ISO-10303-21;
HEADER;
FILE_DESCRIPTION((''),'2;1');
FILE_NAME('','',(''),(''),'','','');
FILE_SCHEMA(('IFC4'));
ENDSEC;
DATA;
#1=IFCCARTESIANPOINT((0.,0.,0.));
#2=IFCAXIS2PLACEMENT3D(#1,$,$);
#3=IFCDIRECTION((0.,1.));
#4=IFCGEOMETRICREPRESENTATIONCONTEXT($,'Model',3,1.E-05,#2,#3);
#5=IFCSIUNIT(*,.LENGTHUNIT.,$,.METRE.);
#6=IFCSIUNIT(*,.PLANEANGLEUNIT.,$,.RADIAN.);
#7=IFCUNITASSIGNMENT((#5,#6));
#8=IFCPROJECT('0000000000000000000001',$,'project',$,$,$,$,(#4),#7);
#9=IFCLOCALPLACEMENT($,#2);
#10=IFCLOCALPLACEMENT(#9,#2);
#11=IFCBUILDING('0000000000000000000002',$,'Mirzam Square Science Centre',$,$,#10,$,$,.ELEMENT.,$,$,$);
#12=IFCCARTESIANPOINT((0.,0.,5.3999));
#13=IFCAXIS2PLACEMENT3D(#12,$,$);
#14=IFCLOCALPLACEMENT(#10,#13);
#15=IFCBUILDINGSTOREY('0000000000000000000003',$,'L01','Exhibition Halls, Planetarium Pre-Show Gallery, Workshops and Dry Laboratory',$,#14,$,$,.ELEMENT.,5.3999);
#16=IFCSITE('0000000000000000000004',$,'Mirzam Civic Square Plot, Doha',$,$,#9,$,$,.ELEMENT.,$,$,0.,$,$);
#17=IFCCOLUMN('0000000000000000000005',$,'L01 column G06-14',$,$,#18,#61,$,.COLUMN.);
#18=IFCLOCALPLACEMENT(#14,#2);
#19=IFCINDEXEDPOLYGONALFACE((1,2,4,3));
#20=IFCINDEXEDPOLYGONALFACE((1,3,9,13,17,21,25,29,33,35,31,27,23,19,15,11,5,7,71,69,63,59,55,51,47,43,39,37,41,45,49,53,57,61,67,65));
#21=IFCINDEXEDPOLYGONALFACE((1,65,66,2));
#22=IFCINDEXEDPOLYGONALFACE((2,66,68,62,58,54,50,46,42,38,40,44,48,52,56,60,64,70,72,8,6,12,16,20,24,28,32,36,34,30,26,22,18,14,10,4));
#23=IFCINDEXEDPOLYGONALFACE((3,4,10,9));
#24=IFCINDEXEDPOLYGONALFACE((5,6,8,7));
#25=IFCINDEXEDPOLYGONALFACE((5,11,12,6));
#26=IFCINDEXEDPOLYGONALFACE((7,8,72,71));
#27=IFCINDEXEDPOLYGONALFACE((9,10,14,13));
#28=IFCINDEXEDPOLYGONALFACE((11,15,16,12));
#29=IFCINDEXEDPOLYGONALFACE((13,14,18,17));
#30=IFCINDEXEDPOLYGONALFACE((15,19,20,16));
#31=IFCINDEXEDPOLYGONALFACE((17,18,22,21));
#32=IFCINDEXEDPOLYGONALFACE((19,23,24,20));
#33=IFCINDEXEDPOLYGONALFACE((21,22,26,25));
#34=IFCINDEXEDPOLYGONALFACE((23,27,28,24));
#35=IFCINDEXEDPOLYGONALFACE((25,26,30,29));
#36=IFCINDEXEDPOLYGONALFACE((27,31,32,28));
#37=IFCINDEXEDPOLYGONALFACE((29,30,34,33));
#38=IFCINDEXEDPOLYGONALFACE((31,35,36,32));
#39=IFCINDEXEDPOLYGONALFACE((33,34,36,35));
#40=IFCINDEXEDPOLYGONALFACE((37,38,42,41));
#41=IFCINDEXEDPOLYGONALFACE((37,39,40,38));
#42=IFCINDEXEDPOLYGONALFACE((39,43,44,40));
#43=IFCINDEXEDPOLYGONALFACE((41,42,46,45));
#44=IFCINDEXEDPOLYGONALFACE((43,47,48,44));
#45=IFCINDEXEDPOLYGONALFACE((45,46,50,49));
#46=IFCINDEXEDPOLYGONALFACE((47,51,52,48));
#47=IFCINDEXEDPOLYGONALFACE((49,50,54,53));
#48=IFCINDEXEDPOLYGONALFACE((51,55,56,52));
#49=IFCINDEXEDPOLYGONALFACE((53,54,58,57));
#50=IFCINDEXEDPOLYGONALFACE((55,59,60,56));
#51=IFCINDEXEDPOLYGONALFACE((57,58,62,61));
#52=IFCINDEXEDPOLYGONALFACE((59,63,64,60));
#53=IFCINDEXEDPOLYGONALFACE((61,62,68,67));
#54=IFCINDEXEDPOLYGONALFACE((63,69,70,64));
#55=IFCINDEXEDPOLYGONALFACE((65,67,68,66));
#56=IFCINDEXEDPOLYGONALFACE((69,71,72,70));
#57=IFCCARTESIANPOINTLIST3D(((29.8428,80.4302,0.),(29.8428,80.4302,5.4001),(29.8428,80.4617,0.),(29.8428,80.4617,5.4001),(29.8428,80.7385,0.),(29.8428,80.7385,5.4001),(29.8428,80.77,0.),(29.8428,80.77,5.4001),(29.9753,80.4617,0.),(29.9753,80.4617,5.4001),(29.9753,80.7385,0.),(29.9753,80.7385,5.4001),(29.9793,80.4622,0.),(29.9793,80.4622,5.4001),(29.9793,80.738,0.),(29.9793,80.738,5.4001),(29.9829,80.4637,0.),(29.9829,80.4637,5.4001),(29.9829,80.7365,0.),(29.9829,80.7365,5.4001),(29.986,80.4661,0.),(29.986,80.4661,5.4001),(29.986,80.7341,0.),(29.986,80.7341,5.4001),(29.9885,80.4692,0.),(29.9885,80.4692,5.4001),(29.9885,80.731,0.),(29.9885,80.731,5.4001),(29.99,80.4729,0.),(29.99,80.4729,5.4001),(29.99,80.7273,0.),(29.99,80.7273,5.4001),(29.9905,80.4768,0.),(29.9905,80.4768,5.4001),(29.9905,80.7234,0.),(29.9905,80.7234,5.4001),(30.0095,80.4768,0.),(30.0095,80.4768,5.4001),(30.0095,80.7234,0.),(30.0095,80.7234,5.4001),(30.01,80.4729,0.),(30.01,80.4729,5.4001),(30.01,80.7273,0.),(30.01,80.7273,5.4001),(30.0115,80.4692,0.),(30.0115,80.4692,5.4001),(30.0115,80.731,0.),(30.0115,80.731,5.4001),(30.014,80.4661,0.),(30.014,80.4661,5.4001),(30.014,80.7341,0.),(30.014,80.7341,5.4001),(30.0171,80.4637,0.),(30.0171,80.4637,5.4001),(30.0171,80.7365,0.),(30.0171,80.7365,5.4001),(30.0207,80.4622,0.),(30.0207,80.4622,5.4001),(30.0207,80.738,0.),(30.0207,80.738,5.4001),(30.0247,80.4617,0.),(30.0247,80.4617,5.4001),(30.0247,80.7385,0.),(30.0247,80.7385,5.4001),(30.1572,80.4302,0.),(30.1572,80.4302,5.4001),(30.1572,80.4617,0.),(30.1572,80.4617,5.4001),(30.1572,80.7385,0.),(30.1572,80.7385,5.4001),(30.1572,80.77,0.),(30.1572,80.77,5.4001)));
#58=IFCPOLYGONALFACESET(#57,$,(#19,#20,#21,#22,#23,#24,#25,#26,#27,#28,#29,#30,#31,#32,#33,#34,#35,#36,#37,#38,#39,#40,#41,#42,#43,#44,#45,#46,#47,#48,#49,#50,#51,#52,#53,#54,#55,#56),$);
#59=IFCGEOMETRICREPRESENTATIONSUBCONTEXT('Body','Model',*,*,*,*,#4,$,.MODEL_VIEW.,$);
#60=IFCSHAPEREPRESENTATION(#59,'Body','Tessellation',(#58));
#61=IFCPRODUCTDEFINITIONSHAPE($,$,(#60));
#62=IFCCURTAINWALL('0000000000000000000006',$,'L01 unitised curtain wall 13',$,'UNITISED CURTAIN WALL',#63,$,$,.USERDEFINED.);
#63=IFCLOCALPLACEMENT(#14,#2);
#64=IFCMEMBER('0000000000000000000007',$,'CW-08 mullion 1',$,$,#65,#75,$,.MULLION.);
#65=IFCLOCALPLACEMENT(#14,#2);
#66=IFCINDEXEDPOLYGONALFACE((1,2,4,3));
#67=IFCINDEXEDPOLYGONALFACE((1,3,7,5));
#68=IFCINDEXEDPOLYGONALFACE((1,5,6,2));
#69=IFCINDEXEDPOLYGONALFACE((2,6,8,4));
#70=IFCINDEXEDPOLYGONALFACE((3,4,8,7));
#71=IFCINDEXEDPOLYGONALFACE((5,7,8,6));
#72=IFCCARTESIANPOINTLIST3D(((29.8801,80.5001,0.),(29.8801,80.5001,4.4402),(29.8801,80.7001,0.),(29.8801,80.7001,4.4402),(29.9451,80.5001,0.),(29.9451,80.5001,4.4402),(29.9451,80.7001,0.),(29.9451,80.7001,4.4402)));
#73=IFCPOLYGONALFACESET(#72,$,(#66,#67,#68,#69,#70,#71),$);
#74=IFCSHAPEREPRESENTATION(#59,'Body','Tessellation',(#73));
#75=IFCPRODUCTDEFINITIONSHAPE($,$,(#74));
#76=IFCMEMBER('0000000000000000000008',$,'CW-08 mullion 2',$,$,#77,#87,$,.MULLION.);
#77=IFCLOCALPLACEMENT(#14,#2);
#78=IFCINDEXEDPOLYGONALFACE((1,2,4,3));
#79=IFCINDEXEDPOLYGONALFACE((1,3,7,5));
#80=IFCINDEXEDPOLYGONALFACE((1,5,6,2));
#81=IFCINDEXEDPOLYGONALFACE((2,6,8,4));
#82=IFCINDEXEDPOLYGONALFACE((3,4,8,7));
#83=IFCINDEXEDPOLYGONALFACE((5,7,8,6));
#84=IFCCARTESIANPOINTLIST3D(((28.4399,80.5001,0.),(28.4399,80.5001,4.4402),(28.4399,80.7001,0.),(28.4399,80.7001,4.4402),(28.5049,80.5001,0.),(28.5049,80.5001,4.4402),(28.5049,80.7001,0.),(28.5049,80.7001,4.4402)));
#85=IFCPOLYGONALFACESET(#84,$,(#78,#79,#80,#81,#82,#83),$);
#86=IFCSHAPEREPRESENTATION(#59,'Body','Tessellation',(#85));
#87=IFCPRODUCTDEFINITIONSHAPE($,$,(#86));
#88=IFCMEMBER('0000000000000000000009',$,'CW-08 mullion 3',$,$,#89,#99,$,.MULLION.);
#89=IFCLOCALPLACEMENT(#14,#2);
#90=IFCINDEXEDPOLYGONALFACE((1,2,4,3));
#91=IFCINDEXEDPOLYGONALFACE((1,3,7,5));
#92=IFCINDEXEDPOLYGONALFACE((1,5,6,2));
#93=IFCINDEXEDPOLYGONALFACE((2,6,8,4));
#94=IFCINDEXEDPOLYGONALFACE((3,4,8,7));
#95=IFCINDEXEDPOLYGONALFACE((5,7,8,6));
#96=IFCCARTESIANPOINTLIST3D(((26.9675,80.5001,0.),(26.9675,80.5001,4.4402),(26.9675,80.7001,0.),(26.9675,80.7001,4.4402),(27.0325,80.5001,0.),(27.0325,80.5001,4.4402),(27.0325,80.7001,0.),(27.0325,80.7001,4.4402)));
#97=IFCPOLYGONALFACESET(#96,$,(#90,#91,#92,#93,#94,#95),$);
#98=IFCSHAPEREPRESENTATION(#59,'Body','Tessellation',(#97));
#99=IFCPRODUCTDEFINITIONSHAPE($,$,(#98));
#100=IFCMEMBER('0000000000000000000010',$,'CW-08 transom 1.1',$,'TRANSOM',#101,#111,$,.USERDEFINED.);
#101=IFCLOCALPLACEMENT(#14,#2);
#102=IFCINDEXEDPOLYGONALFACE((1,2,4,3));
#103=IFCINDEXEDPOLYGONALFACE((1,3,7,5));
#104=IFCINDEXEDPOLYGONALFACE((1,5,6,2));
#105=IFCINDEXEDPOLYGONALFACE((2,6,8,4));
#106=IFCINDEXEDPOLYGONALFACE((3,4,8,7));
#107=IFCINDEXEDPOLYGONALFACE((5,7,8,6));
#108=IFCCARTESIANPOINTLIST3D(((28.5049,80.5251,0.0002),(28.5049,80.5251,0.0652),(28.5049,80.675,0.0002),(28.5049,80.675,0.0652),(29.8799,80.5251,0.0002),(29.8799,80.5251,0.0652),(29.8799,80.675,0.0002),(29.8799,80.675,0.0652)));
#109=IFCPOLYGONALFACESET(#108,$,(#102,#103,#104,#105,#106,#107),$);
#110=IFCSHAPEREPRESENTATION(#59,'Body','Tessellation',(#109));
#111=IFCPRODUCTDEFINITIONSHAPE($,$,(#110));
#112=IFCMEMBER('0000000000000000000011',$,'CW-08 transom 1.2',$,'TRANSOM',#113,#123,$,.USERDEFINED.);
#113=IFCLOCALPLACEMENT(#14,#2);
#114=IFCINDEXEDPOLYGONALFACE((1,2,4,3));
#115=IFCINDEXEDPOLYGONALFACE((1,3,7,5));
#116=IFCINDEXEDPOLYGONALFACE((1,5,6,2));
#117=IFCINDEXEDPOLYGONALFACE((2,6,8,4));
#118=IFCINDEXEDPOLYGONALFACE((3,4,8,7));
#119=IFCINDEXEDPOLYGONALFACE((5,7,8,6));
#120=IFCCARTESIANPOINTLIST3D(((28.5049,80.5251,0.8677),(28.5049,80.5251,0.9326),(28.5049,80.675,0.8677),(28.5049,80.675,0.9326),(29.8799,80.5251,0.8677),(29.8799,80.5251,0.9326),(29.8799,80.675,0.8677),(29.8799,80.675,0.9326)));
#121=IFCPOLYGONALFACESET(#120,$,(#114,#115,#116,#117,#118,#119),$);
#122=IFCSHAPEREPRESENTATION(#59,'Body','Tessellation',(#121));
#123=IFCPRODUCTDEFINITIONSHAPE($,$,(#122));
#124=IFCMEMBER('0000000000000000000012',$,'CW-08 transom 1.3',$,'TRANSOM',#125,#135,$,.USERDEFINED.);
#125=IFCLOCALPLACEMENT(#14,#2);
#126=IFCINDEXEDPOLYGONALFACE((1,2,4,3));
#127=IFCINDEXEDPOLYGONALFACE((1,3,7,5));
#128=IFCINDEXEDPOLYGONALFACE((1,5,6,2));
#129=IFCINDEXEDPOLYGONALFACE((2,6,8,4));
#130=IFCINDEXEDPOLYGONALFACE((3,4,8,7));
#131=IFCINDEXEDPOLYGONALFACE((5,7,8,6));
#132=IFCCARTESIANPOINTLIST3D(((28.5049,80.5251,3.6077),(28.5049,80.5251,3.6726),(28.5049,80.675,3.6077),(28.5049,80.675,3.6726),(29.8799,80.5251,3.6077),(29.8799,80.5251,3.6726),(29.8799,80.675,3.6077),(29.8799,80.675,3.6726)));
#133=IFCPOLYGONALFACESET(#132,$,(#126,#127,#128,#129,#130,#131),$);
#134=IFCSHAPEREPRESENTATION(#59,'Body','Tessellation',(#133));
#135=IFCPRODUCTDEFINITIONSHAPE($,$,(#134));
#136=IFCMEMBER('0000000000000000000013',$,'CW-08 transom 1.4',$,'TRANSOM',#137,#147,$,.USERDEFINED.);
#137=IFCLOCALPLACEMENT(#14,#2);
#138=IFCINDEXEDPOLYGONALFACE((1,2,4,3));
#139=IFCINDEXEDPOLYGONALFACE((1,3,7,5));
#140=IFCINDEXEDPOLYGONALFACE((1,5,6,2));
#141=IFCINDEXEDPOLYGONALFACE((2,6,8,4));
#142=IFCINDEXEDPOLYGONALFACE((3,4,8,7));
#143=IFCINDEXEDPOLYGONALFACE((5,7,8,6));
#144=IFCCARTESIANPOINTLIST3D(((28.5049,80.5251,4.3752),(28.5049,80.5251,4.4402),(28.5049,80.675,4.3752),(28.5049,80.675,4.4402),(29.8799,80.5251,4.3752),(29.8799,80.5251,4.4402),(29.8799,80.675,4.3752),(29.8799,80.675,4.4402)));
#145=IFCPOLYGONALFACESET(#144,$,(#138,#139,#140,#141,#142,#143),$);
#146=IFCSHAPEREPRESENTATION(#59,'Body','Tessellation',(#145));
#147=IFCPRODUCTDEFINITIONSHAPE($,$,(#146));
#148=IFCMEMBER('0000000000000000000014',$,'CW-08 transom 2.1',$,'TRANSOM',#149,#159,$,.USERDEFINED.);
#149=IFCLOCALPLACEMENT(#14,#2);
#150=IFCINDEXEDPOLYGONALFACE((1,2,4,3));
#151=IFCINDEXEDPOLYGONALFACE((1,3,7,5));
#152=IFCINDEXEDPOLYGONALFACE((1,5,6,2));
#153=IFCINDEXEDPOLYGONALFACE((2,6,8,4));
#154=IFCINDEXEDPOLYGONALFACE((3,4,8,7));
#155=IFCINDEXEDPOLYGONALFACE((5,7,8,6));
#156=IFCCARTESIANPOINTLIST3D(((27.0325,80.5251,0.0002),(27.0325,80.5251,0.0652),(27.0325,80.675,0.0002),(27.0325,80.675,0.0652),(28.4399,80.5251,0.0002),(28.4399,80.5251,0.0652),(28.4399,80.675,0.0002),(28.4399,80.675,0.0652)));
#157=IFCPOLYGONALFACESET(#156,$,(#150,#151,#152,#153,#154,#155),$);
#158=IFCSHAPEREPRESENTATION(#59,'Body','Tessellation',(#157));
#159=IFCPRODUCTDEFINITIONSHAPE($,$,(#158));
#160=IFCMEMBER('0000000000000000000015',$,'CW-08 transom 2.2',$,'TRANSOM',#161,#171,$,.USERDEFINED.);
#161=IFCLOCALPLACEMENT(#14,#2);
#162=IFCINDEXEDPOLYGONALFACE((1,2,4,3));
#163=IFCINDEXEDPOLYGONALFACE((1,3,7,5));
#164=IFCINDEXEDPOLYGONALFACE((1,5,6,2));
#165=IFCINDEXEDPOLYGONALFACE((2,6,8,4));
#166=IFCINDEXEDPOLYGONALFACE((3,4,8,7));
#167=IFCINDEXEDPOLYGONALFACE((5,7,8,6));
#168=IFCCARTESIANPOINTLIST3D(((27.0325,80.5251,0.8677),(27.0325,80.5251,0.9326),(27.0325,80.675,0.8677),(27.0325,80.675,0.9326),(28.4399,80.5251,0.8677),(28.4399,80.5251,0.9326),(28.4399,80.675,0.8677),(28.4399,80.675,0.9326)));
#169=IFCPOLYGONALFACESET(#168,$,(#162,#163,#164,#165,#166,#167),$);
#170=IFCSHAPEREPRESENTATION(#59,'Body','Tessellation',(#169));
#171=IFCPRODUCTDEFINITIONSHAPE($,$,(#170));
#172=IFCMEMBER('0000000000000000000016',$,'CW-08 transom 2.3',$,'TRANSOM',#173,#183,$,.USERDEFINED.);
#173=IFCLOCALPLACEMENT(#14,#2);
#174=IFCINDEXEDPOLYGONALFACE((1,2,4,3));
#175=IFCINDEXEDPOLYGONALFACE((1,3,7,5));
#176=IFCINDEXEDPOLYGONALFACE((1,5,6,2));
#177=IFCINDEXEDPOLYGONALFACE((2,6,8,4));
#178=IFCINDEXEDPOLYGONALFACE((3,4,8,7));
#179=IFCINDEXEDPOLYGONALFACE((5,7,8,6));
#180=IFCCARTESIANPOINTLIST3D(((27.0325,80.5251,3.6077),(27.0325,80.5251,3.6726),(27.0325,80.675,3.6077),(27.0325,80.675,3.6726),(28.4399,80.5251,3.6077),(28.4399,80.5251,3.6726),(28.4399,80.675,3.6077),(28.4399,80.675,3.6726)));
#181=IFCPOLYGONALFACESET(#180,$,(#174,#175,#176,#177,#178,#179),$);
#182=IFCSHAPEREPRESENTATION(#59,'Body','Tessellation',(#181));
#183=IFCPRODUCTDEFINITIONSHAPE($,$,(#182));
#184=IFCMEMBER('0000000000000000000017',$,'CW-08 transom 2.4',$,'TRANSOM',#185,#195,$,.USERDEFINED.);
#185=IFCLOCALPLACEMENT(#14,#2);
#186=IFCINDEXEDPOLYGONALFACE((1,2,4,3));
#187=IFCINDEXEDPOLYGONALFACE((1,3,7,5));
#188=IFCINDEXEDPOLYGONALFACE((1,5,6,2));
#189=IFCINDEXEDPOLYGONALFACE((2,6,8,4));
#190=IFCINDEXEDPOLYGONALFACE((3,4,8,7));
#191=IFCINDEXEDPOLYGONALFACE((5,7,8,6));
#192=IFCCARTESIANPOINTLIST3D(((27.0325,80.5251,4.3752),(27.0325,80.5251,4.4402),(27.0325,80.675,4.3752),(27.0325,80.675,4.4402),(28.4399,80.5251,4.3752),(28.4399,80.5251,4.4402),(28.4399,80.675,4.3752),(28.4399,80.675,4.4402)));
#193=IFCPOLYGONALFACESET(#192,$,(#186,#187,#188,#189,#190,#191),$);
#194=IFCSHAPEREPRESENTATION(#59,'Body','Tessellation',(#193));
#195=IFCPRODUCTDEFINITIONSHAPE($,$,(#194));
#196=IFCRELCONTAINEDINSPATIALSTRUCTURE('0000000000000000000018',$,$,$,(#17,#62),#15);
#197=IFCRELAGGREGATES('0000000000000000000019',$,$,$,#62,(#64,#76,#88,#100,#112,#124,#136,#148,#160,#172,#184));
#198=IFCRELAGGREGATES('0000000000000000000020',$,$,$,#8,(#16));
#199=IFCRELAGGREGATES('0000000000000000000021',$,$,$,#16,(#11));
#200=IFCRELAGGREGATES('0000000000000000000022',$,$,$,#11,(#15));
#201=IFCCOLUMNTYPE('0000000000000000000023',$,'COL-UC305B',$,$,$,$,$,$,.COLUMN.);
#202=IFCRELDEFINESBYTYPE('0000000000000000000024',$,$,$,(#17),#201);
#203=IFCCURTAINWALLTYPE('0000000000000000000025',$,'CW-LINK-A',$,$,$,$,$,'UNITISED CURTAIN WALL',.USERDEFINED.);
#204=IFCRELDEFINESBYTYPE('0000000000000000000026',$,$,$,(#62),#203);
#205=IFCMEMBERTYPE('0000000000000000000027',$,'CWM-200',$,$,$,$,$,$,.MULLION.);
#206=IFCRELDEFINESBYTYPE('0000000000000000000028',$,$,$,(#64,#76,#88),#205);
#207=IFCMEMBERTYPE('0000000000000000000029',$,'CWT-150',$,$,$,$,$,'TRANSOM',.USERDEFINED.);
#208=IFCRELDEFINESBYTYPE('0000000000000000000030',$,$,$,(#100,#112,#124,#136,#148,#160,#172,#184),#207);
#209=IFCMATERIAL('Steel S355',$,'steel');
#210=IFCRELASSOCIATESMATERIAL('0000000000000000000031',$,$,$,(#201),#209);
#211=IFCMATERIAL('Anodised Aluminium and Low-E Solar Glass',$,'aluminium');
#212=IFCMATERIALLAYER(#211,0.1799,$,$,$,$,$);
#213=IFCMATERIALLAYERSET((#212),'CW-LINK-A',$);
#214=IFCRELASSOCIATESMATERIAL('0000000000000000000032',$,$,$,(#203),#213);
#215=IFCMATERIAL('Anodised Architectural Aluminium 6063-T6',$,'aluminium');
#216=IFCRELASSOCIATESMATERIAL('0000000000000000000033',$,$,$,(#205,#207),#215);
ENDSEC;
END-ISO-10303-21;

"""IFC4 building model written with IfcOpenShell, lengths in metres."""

from ifc_helpers import new_model, si_unit, direction, frame, origin, origin_2d, place, context, subcontext, project, spatial, rectangle, i_section, extrude, material, layer, layer_set, material_profile, profile_set, type_object, element, aggregate, save


model = new_model("IFC4")

# Units and contexts
model_context = context("Model", 3, precision=1e-05, world=origin(), true_north=direction((0.0, 1.0)))
body_context = subcontext(model_context, "Body", "Model", "MODEL_VIEW")
ifc_project = project(units=[si_unit("LENGTHUNIT", "METRE"), si_unit("PLANEANGLEUNIT", "RADIAN")], contexts=[model_context])

# Site, building, storey
site_placement = place(None, origin())
site = spatial("IfcSite", under=ifc_project, at=site_placement, Name="Mirzam Civic Square Plot, Doha", CompositionType="ELEMENT", RefElevation=0.0)
building_placement = place(site_placement, origin())
building = spatial("IfcBuilding", under=site, at=building_placement, Name="Mirzam Square Science Centre", CompositionType="ELEMENT")
storey_placement = place(building_placement, frame((0.0, 0.0, 5.3999)))
storey = spatial("IfcBuildingStorey", under=building, at=storey_placement, Name="L01", Description="Exhibition Halls, Planetarium Pre-Show Gallery, Workshops and Dry Laboratory", CompositionType="ELEMENT", Elevation=5.3999)

# Column
ifc_material_1 = material(Name="Steel S355", Category="steel")
ifc_material_profile_1 = material_profile(ifc_material_1, i_section(OverallWidth=0.3145, OverallDepth=0.3398, WebThickness=0.019, FlangeThickness=0.0315, FilletRadius=0.0151, at=origin_2d()), Name="305x305x198UC")
ifc_profile_set_1 = profile_set([ifc_material_profile_1], Name="Steel S355")
column_type = type_object("IfcColumnType", Name="COL-UC305B", PredefinedType="COLUMN", material=ifc_profile_set_1)
column_placement = place(storey_placement, frame((30.0, 80.6001, 0.0), z_axis=(0.0, 0.0, 1.0), x_axis=(1.0, 0.0, 0.0)))
element("IfcColumn", 1, at=column_placement, inside=storey, type_object=column_type, Name="L01 column G06-14", PredefinedType="COLUMN", context=body_context, shape_type="SweptSolid", body=[
    extrude(i_section(OverallWidth=0.3145, OverallDepth=0.3398, WebThickness=0.019, FlangeThickness=0.0315, FilletRadius=0.0151, at=origin_2d()), origin(), (0.0, 0.0, 1.0), 5.4001),
])

# Curtain wall, members
ifc_material_2 = material(Name="Anodised Aluminium and Low-E Solar Glass", Category="aluminium")
ifc_layer_1 = layer(ifc_material_2, 0.1799)
ifc_layer_set_1 = layer_set([ifc_layer_1], Name="CW-LINK-A")
curtain_wall_type = type_object("IfcCurtainWallType", Name="CW-LINK-A", ElementType="UNITISED CURTAIN WALL", PredefinedType="USERDEFINED", material=ifc_layer_set_1)
curtain_wall_placement = place(storey_placement, origin())
curtain_wall = element("IfcCurtainWall", 2, at=curtain_wall_placement, inside=storey, type_object=curtain_wall_type, Name="L01 unitised curtain wall 13", ObjectType="UNITISED CURTAIN WALL", PredefinedType="USERDEFINED")
ifc_material_3 = material(Name="Anodised Architectural Aluminium 6063-T6", Category="aluminium")
ifc_material_profile_2 = material_profile(ifc_material_3, rectangle(XDim=0.0649, YDim=0.2, at=origin_2d()), Name="ALU-MULL-200x65x5")
ifc_profile_set_2 = profile_set([ifc_material_profile_2], Name="Anodised Architectural Aluminium 6063-T6")
member_type_1 = type_object("IfcMemberType", Name="CWM-200", PredefinedType="MULLION", material=ifc_profile_set_2)
member_1_placement = place(storey_placement, frame((29.9126, 80.6001, 0.0), z_axis=(0.0, 0.0, 1.0), x_axis=(-1.0, 0.0, 0.0)))
member_1 = element("IfcMember", 3, at=member_1_placement, type_object=member_type_1, Name="CW-08 mullion 1", PredefinedType="MULLION", context=body_context, shape_type="SweptSolid", body=[
    extrude(rectangle(XDim=0.0649, YDim=0.2, at=origin_2d()), origin(), (0.0, 0.0, 1.0), 4.4402),
])
member_2_placement = place(storey_placement, frame((28.4724, 80.6001, 0.0), z_axis=(0.0, 0.0, 1.0), x_axis=(-1.0, 0.0, 0.0)))
member_2 = element("IfcMember", 4, at=member_2_placement, type_object=member_type_1, Name="CW-08 mullion 2", PredefinedType="MULLION", context=body_context, shape_type="SweptSolid", body=[
    extrude(rectangle(XDim=0.0649, YDim=0.2, at=origin_2d()), origin(), (0.0, 0.0, 1.0), 4.4402),
])
member_3_placement = place(storey_placement, frame((27.0, 80.6001, 0.0), z_axis=(0.0, 0.0, 1.0), x_axis=(-1.0, 0.0, 0.0)))
member_3 = element("IfcMember", 5, at=member_3_placement, type_object=member_type_1, Name="CW-08 mullion 3", PredefinedType="MULLION", context=body_context, shape_type="SweptSolid", body=[
    extrude(rectangle(XDim=0.0649, YDim=0.2, at=origin_2d()), origin(), (0.0, 0.0, 1.0), 4.4402),
])
ifc_material_profile_3 = material_profile(ifc_material_3, rectangle(XDim=0.1499, YDim=0.0649, at=origin_2d()), Name="ALU-TRAN-150x65x4")
ifc_profile_set_3 = profile_set([ifc_material_profile_3], Name="Anodised Architectural Aluminium 6063-T6")
member_type_2 = type_object("IfcMemberType", Name="CWT-150", ElementType="TRANSOM", PredefinedType="USERDEFINED", material=ifc_profile_set_3)
member_4_placement = place(storey_placement, frame((29.8799, 80.6001, 0.0327), z_axis=(-1.0, 0.0, 0.0), x_axis=(0.0, -1.0, 0.0)))
member_4 = element("IfcMember", 6, at=member_4_placement, type_object=member_type_2, Name="CW-08 transom 1.1", ObjectType="TRANSOM", PredefinedType="USERDEFINED", context=body_context, shape_type="SweptSolid", body=[
    extrude(rectangle(XDim=0.1499, YDim=0.0649, at=origin_2d()), origin(), (0.0, 0.0, 1.0), 1.375),
])
member_5_placement = place(storey_placement, frame((29.8799, 80.6001, 0.9001), z_axis=(-1.0, 0.0, 0.0), x_axis=(0.0, -1.0, 0.0)))
member_5 = element("IfcMember", 7, at=member_5_placement, type_object=member_type_2, Name="CW-08 transom 1.2", ObjectType="TRANSOM", PredefinedType="USERDEFINED", context=body_context, shape_type="SweptSolid", body=[
    extrude(rectangle(XDim=0.1499, YDim=0.0649, at=origin_2d()), origin(), (0.0, 0.0, 1.0), 1.375),
])
member_6_placement = place(storey_placement, frame((29.8799, 80.6001, 3.6401), z_axis=(-1.0, 0.0, 0.0), x_axis=(0.0, -1.0, 0.0)))
member_6 = element("IfcMember", 8, at=member_6_placement, type_object=member_type_2, Name="CW-08 transom 1.3", ObjectType="TRANSOM", PredefinedType="USERDEFINED", context=body_context, shape_type="SweptSolid", body=[
    extrude(rectangle(XDim=0.1499, YDim=0.0649, at=origin_2d()), origin(), (0.0, 0.0, 1.0), 1.375),
])
member_7_placement = place(storey_placement, frame((29.8799, 80.6001, 4.4077), z_axis=(-1.0, 0.0, 0.0), x_axis=(0.0, -1.0, 0.0)))
member_7 = element("IfcMember", 9, at=member_7_placement, type_object=member_type_2, Name="CW-08 transom 1.4", ObjectType="TRANSOM", PredefinedType="USERDEFINED", context=body_context, shape_type="SweptSolid", body=[
    extrude(rectangle(XDim=0.1499, YDim=0.0649, at=origin_2d()), origin(), (0.0, 0.0, 1.0), 1.375),
])
member_8_placement = place(storey_placement, frame((28.4399, 80.6001, 0.0327), z_axis=(-1.0, 0.0, 0.0), x_axis=(0.0, -1.0, 0.0)))
member_8 = element("IfcMember", 10, at=member_8_placement, type_object=member_type_2, Name="CW-08 transom 2.1", ObjectType="TRANSOM", PredefinedType="USERDEFINED", context=body_context, shape_type="SweptSolid", body=[
    extrude(rectangle(XDim=0.1499, YDim=0.0649, at=origin_2d()), origin(), (0.0, 0.0, 1.0), 1.4075),
])
member_9_placement = place(storey_placement, frame((28.4399, 80.6001, 0.9001), z_axis=(-1.0, 0.0, 0.0), x_axis=(0.0, -1.0, 0.0)))
member_9 = element("IfcMember", 11, at=member_9_placement, type_object=member_type_2, Name="CW-08 transom 2.2", ObjectType="TRANSOM", PredefinedType="USERDEFINED", context=body_context, shape_type="SweptSolid", body=[
    extrude(rectangle(XDim=0.1499, YDim=0.0649, at=origin_2d()), origin(), (0.0, 0.0, 1.0), 1.4075),
])
member_10_placement = place(storey_placement, frame((28.4399, 80.6001, 3.6401), z_axis=(-1.0, 0.0, 0.0), x_axis=(0.0, -1.0, 0.0)))
member_10 = element("IfcMember", 12, at=member_10_placement, type_object=member_type_2, Name="CW-08 transom 2.3", ObjectType="TRANSOM", PredefinedType="USERDEFINED", context=body_context, shape_type="SweptSolid", body=[
    extrude(rectangle(XDim=0.1499, YDim=0.0649, at=origin_2d()), origin(), (0.0, 0.0, 1.0), 1.4075),
])
member_11_placement = place(storey_placement, frame((28.4399, 80.6001, 4.4077), z_axis=(-1.0, 0.0, 0.0), x_axis=(0.0, -1.0, 0.0)))
member_11 = element("IfcMember", 13, at=member_11_placement, type_object=member_type_2, Name="CW-08 transom 2.4", ObjectType="TRANSOM", PredefinedType="USERDEFINED", context=body_context, shape_type="SweptSolid", body=[
    extrude(rectangle(XDim=0.1499, YDim=0.0649, at=origin_2d()), origin(), (0.0, 0.0, 1.0), 1.4075),
])

aggregate(curtain_wall, [member_1, member_2, member_3, member_4, member_5, member_6, member_7, member_8, member_9, member_10, member_11])

save(model, "model.ifc")
